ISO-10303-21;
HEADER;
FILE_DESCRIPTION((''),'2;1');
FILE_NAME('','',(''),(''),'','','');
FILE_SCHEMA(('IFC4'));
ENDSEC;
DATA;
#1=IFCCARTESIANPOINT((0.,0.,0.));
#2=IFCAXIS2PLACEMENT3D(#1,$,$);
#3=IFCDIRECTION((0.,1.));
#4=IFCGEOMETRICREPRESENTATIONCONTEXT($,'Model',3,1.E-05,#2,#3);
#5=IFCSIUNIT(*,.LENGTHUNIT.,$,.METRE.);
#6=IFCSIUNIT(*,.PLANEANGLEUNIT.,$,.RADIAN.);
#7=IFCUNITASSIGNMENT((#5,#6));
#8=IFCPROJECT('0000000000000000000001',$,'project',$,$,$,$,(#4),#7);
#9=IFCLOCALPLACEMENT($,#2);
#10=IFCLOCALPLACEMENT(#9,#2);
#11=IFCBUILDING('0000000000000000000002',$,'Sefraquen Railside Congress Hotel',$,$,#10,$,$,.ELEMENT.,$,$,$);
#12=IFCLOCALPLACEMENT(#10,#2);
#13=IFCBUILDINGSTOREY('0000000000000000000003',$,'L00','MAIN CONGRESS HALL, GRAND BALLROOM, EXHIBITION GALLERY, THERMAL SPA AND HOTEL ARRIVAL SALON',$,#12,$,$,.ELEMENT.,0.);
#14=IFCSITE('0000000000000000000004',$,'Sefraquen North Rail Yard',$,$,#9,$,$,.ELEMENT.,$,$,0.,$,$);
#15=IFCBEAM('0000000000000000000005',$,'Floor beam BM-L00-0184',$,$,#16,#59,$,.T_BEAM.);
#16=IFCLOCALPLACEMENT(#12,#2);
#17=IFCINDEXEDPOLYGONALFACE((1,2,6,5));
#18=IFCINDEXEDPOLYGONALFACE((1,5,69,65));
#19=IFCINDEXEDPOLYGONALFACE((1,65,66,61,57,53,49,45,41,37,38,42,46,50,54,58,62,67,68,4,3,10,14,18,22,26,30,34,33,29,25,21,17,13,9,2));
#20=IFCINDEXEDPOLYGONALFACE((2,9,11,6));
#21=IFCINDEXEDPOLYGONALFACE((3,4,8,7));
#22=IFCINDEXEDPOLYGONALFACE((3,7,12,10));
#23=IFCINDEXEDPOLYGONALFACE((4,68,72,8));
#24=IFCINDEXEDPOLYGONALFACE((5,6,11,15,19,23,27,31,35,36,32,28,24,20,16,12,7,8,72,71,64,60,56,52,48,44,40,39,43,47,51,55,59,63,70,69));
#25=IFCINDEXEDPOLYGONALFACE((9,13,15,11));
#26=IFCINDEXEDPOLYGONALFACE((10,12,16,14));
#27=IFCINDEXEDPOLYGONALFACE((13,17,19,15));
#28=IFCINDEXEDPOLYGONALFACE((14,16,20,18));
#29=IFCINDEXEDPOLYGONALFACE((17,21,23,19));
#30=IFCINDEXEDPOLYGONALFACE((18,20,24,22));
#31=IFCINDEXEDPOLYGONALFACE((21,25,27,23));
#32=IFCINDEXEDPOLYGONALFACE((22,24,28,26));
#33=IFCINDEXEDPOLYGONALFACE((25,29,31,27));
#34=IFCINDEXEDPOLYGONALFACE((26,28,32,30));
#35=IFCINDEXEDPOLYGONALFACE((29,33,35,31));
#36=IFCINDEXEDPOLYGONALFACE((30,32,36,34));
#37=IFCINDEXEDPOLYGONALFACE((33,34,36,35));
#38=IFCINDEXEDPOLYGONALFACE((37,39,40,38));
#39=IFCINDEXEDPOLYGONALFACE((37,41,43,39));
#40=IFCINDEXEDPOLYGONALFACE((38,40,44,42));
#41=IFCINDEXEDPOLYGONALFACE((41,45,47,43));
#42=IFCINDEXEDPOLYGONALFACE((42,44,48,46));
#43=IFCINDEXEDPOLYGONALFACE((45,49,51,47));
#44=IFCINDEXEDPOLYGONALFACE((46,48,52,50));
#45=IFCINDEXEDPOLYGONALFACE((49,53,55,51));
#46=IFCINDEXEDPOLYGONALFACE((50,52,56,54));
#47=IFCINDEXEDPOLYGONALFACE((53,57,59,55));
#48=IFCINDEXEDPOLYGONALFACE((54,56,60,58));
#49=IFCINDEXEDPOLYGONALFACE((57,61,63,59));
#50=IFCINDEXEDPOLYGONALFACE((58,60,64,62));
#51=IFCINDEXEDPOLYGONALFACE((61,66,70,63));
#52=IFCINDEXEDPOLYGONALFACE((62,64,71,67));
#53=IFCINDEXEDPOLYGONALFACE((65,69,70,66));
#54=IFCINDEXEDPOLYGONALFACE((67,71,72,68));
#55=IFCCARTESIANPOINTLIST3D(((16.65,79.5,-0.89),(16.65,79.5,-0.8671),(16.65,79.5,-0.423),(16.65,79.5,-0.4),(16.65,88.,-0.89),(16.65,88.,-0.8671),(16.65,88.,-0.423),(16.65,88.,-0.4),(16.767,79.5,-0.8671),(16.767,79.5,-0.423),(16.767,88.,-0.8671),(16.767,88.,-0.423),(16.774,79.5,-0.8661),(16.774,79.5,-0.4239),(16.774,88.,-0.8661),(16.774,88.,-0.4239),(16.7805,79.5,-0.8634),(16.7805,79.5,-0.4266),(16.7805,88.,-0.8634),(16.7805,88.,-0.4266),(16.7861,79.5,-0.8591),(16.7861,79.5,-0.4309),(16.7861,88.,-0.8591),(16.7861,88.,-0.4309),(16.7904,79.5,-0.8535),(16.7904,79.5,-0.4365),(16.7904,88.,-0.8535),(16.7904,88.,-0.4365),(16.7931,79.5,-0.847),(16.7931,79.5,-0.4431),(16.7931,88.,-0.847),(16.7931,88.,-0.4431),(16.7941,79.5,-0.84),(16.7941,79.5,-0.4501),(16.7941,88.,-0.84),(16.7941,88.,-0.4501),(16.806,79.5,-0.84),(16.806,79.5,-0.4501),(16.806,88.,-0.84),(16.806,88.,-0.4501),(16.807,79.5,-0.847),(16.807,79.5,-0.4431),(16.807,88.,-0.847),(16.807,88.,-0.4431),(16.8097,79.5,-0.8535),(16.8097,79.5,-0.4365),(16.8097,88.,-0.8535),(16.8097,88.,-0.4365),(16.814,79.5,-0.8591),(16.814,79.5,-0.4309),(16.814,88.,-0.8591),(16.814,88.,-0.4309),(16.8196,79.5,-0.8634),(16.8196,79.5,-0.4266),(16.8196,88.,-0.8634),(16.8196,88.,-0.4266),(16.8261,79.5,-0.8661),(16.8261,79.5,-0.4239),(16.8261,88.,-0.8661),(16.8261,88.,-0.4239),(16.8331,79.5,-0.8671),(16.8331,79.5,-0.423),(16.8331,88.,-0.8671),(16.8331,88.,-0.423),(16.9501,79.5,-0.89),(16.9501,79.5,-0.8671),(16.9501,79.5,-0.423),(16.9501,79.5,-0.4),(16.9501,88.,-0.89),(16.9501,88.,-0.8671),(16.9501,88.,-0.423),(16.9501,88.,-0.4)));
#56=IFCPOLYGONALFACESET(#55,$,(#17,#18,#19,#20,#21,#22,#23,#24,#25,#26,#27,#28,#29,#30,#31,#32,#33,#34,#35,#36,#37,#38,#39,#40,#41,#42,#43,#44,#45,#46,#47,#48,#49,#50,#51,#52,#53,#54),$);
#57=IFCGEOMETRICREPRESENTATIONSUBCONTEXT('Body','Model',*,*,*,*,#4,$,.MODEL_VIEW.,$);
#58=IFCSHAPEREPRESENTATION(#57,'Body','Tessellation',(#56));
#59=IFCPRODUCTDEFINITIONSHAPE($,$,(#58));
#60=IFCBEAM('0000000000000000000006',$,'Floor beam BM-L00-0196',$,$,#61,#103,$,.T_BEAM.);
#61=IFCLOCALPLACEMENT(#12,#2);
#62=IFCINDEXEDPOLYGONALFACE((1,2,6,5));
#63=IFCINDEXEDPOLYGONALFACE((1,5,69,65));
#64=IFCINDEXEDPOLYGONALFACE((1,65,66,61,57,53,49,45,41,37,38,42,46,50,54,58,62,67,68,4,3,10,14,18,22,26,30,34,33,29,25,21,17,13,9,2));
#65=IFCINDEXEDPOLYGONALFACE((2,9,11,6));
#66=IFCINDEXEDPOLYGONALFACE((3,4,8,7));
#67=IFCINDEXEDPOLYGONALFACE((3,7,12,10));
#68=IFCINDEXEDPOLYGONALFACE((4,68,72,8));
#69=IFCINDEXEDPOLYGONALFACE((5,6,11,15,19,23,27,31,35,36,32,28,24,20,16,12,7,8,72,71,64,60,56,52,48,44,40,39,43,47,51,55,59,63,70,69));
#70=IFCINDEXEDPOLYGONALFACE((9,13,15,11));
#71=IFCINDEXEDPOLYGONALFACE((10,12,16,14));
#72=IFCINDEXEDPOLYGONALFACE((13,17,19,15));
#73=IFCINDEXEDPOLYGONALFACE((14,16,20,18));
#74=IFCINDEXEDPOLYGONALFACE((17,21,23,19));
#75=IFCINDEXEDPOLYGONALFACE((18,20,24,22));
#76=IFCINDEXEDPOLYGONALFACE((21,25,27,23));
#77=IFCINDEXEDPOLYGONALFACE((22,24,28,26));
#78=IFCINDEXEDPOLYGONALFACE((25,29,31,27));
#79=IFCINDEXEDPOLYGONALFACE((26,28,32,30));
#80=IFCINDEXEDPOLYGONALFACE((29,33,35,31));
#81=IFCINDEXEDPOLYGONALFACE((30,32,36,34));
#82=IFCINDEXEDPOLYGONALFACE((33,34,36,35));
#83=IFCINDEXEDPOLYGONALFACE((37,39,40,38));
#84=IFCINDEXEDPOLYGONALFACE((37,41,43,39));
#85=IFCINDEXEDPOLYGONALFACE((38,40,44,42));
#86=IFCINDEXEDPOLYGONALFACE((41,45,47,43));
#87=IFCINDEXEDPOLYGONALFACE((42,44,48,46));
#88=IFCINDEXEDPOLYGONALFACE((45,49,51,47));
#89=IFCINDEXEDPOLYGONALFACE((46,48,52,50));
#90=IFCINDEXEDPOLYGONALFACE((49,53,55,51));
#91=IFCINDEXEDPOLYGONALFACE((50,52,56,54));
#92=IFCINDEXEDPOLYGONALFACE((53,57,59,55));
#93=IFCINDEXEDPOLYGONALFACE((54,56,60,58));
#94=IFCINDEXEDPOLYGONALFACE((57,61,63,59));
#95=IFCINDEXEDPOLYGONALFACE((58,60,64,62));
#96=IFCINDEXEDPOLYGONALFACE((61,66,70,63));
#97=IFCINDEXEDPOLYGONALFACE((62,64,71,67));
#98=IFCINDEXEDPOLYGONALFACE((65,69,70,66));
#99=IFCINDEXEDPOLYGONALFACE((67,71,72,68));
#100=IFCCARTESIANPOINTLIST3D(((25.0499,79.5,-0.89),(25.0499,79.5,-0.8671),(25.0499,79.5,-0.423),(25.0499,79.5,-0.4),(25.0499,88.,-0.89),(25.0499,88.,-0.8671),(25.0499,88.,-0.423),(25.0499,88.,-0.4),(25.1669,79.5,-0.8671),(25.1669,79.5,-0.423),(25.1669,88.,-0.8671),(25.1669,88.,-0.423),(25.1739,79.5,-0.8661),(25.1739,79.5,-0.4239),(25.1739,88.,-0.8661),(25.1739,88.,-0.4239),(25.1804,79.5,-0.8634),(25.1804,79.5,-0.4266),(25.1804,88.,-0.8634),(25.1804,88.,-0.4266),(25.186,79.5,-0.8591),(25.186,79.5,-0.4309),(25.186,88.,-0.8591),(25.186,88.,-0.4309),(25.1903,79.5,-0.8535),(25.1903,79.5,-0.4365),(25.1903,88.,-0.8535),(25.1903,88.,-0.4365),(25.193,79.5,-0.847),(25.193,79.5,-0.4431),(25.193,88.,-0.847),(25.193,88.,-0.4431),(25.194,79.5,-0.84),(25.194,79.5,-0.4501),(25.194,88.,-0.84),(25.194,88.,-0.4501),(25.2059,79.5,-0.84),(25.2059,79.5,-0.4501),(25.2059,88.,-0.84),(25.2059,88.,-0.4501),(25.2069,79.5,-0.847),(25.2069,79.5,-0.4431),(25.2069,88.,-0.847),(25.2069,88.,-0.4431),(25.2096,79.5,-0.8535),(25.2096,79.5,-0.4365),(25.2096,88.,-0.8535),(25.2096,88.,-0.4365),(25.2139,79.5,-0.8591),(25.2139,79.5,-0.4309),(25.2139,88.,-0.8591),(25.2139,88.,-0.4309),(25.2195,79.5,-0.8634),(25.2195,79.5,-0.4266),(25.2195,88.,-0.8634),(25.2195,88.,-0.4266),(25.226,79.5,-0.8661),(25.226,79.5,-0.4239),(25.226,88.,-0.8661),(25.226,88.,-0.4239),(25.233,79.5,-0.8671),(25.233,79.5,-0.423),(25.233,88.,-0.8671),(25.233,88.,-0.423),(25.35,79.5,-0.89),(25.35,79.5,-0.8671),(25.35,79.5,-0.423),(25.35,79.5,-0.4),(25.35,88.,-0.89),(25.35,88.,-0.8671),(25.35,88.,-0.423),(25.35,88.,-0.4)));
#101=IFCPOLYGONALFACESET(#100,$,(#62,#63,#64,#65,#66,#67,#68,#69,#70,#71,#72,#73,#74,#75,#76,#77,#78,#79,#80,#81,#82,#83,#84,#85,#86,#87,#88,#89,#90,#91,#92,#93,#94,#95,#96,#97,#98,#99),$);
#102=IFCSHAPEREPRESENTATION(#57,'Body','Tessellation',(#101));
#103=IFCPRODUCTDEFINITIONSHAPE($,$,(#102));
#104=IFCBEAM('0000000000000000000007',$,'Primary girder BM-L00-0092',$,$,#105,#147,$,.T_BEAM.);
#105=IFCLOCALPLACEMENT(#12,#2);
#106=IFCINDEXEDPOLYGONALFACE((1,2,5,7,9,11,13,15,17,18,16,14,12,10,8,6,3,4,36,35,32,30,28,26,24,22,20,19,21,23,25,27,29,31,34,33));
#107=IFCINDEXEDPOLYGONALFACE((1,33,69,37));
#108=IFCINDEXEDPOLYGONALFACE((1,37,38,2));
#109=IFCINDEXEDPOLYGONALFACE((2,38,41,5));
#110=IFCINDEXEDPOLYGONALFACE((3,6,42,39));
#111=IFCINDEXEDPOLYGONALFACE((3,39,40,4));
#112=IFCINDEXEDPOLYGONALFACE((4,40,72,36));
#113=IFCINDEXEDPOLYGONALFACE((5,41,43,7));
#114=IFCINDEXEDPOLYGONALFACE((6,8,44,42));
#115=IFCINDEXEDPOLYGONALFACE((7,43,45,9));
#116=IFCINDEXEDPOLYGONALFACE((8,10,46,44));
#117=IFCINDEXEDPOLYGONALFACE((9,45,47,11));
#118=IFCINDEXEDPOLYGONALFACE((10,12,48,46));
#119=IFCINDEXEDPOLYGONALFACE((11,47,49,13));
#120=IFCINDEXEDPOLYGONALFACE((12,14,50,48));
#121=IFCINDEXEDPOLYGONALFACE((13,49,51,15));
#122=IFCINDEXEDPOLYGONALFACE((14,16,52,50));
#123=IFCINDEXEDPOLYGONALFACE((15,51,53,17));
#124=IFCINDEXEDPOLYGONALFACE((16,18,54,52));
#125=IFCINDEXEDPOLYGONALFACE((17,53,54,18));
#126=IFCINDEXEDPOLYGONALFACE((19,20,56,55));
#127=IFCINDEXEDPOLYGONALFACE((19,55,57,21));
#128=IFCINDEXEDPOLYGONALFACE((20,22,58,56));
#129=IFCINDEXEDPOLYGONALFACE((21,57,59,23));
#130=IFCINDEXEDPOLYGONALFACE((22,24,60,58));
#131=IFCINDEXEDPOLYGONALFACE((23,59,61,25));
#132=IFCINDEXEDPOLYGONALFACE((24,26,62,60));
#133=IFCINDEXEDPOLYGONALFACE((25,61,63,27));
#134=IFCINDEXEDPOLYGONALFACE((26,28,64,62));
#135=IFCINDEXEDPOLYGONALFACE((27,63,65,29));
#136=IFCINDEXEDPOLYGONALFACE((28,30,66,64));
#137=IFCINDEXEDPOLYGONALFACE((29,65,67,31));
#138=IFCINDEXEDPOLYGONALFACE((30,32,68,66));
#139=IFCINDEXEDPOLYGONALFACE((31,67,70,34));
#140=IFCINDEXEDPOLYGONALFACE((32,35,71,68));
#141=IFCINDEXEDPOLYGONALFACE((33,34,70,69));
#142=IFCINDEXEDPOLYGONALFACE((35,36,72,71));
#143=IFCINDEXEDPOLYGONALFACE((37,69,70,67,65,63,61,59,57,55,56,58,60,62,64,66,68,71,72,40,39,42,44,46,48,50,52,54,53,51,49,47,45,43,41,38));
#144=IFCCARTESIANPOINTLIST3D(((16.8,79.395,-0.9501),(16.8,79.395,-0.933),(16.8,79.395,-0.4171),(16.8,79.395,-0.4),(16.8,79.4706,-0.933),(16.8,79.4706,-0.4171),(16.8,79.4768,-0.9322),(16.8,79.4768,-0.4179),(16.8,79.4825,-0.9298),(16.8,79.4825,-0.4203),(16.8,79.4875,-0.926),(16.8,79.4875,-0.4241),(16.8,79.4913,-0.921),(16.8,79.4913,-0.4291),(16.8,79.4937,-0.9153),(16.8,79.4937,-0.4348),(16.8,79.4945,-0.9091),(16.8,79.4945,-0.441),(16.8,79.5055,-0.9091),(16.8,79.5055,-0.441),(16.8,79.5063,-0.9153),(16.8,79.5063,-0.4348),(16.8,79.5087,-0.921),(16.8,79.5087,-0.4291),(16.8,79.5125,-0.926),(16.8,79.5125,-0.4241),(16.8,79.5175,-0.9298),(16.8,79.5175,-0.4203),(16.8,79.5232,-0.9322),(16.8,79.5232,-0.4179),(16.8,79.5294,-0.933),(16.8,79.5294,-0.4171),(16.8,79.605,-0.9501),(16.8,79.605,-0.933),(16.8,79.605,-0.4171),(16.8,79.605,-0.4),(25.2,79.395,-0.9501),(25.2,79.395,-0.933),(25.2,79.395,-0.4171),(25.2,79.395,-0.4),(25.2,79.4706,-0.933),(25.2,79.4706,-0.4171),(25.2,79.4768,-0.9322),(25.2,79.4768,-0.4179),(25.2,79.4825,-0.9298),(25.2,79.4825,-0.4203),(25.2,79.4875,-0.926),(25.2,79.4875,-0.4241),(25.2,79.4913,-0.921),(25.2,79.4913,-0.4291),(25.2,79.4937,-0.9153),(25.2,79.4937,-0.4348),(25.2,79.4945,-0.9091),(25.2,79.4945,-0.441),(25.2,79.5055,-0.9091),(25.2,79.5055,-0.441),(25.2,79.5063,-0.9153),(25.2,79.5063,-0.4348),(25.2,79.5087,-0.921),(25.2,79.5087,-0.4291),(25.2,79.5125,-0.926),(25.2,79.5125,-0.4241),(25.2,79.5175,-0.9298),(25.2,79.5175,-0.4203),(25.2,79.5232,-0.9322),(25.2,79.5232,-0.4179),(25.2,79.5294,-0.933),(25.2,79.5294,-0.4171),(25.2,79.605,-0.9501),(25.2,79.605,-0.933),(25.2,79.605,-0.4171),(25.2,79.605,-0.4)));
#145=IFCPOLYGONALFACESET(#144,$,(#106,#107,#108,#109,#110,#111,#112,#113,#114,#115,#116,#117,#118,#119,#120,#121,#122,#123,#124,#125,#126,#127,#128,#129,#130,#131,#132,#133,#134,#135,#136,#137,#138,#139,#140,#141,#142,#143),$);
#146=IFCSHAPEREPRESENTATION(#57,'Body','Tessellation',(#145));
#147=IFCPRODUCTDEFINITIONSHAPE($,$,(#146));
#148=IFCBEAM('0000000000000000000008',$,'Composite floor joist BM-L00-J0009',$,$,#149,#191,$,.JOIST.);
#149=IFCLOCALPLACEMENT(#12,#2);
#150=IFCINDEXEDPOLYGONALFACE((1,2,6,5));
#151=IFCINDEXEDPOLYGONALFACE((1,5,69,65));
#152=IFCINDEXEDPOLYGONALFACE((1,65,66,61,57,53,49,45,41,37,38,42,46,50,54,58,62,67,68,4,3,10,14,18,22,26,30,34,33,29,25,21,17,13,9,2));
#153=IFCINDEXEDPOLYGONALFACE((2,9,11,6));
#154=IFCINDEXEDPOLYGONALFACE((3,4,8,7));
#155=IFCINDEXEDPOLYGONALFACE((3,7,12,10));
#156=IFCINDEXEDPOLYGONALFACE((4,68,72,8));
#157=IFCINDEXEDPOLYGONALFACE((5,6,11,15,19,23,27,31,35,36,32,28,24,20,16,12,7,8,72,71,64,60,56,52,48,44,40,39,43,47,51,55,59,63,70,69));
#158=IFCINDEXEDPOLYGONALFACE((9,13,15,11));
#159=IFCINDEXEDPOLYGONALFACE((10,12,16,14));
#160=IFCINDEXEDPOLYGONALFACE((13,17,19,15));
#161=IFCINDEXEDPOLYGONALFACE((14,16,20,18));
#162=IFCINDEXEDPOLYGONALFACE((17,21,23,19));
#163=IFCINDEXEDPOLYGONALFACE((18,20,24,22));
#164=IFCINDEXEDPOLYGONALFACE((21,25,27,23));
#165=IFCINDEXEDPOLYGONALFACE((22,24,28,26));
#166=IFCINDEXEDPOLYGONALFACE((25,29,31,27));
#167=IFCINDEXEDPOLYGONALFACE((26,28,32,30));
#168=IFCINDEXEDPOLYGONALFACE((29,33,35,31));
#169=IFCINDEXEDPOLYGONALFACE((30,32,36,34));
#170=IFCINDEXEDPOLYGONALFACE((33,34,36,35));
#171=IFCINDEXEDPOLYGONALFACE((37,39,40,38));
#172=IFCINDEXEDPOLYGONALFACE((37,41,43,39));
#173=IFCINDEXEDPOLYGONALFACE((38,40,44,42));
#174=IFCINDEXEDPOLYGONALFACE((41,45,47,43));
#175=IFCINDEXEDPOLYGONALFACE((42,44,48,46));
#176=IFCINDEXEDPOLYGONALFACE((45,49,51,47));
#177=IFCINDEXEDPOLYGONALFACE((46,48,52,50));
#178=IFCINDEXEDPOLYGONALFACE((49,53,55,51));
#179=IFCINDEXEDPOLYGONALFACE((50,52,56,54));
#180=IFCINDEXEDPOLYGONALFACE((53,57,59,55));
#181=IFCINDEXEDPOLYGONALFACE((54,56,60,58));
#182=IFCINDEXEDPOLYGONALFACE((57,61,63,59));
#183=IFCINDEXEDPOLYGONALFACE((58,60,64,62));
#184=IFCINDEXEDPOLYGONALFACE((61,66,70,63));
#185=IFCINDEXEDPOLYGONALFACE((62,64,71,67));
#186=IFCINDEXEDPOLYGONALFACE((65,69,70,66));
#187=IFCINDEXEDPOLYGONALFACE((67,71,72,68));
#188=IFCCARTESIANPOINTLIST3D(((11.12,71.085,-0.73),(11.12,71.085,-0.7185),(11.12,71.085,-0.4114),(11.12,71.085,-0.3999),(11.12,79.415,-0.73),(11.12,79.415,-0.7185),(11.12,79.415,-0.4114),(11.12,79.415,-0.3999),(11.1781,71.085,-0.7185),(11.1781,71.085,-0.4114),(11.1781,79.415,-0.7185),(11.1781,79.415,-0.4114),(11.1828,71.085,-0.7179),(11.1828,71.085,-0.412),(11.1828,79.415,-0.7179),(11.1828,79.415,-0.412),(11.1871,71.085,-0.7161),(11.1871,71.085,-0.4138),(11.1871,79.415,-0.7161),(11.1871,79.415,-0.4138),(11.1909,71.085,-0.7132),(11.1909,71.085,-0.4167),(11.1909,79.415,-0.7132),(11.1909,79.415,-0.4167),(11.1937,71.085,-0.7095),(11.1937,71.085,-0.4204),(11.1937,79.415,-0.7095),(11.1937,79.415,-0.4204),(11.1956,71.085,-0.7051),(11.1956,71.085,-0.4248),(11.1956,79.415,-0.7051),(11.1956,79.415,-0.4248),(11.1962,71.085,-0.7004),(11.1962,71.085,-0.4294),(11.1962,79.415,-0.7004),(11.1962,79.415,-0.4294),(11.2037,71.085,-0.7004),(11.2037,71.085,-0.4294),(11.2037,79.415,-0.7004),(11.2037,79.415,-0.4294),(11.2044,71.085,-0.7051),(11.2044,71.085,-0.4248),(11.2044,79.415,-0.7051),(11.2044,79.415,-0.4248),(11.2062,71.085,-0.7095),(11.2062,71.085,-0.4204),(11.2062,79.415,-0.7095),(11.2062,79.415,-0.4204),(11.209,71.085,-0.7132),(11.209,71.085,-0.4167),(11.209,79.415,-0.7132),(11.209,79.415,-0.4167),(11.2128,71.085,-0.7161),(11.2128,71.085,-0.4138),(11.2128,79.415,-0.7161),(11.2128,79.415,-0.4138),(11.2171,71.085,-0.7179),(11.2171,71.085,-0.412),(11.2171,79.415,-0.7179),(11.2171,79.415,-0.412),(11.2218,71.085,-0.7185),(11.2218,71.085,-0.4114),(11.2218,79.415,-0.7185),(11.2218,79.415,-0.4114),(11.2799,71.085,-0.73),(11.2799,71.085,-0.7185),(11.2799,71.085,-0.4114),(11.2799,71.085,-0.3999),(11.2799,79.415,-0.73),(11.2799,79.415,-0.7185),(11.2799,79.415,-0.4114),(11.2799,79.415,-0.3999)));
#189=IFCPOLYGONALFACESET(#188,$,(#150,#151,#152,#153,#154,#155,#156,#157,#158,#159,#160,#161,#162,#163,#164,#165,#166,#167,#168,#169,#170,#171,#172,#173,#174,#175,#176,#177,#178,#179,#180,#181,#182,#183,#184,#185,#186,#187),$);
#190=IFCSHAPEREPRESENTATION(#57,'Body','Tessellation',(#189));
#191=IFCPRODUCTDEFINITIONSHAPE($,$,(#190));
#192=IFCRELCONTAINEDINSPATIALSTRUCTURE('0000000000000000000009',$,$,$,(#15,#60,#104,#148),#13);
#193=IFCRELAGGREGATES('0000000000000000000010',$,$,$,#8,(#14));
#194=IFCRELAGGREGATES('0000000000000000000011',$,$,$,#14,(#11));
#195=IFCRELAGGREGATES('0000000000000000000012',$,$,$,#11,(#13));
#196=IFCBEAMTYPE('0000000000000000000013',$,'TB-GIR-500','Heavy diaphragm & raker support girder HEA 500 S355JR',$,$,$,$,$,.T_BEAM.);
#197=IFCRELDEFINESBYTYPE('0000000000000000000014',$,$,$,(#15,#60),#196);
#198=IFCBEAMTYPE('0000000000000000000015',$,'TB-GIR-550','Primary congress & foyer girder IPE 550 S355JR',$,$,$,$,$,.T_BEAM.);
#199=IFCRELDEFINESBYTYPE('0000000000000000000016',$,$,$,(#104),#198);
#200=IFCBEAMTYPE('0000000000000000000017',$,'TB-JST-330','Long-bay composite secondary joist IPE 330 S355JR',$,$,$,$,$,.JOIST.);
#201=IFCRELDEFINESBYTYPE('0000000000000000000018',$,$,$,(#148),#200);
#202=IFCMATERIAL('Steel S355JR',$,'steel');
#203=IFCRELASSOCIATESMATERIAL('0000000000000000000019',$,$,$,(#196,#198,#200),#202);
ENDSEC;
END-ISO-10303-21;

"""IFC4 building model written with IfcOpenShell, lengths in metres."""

from ifc_helpers import new_model, si_unit, direction, frame, origin, origin_2d, place, context, subcontext, project, spatial, i_section, extrude, material, material_profile, profile_set, type_object, element, save


model = new_model("IFC4")

# Units and contexts
model_context = context("Model", 3, precision=1e-05, world=origin(), true_north=direction((0.0, 1.0)))
body_context = subcontext(model_context, "Body", "Model", "MODEL_VIEW")
ifc_project = project(units=[si_unit("LENGTHUNIT", "METRE"), si_unit("PLANEANGLEUNIT", "RADIAN")], contexts=[model_context])

# Site, building, storey
site_placement = place(None, origin())
site = spatial("IfcSite", under=ifc_project, at=site_placement, Name="Sefraquen North Rail Yard", CompositionType="ELEMENT", RefElevation=0.0)
building_placement = place(site_placement, origin())
building = spatial("IfcBuilding", under=site, at=building_placement, Name="Sefraquen Railside Congress Hotel", CompositionType="ELEMENT")
storey_placement = place(building_placement, origin())
storey = spatial("IfcBuildingStorey", under=building, at=storey_placement, Name="L00", Description="MAIN CONGRESS HALL, GRAND BALLROOM, EXHIBITION GALLERY, THERMAL SPA AND HOTEL ARRIVAL SALON", CompositionType="ELEMENT", Elevation=0.0)

# Shared definitions
ifc_material_1 = material(Name="Steel S355JR", Category="steel")

# Beams
ifc_material_profile_1 = material_profile(ifc_material_1, i_section(OverallWidth=0.3, OverallDepth=0.49, WebThickness=0.012, FlangeThickness=0.0229, FilletRadius=0.0271, at=origin_2d()), Name="HEA 500")
ifc_profile_set_1 = profile_set([ifc_material_profile_1], Name="Steel S355JR")
beam_type_1 = type_object("IfcBeamType", Name="TB-GIR-500", Description="Heavy diaphragm & raker support girder HEA 500 S355JR", PredefinedType="T_BEAM", material=ifc_profile_set_1)
for number, where, z_axis, x_axis, name in (
    (1, (16.8, 79.5, -0.645), (0.0, 1.0, 0.0), (-1.0, 0.0, 0.0), "Floor beam BM-L00-0184"),
    (2, (25.2, 79.5, -0.645), (0.0, 1.0, 0.0), (-1.0, 0.0, 0.0), "Floor beam BM-L00-0196"),
):
    element("IfcBeam", number, at=place(storey_placement, frame(where, z_axis=z_axis, x_axis=x_axis)), inside=storey, type_object=beam_type_1, Name=name, PredefinedType="T_BEAM", context=body_context, shape_type="SweptSolid", body=[
        extrude(i_section(OverallWidth=0.3, OverallDepth=0.49, WebThickness=0.012, FlangeThickness=0.0229, FilletRadius=0.0271, at=origin_2d()), origin(), (0.0, 0.0, 1.0), 8.5),
    ])
ifc_material_profile_2 = material_profile(ifc_material_1, i_section(OverallWidth=0.21, OverallDepth=0.55, WebThickness=0.011, FlangeThickness=0.0171, FilletRadius=0.0239, at=origin_2d()), Name="IPE 550")
ifc_profile_set_2 = profile_set([ifc_material_profile_2], Name="Steel S355JR")
beam_type_2 = type_object("IfcBeamType", Name="TB-GIR-550", Description="Primary congress & foyer girder IPE 550 S355JR", PredefinedType="T_BEAM", material=ifc_profile_set_2)
beam_1_placement = place(storey_placement, frame((16.8, 79.5, -0.675), z_axis=(1.0, 0.0, 0.0), x_axis=(0.0, 1.0, 0.0)))
element("IfcBeam", 3, at=beam_1_placement, inside=storey, type_object=beam_type_2, Name="Primary girder BM-L00-0092", PredefinedType="T_BEAM", context=body_context, shape_type="SweptSolid", body=[
    extrude(i_section(OverallWidth=0.21, OverallDepth=0.55, WebThickness=0.011, FlangeThickness=0.0171, FilletRadius=0.0239, at=origin_2d()), origin(), (0.0, 0.0, 1.0), 8.3999),
])
ifc_material_profile_3 = material_profile(ifc_material_1, i_section(OverallWidth=0.1599, OverallDepth=0.3301, WebThickness=0.0076, FlangeThickness=0.0115, FilletRadius=0.0181, at=origin_2d()), Name="IPE 330")
ifc_profile_set_3 = profile_set([ifc_material_profile_3], Name="Steel S355JR")
beam_type_3 = type_object("IfcBeamType", Name="TB-JST-330", Description="Long-bay composite secondary joist IPE 330 S355JR", PredefinedType="JOIST", material=ifc_profile_set_3)
for number, where, z_axis, x_axis, name in (
    (4, (11.2, 71.085, -0.5649), (0.0, 1.0, 0.0), (-1.0, 0.0, 0.0), "Composite floor joist BM-L00-J0009"),
):
    element("IfcBeam", number, at=place(storey_placement, frame(where, z_axis=z_axis, x_axis=x_axis)), inside=storey, type_object=beam_type_3, Name=name, PredefinedType="JOIST", context=body_context, shape_type="SweptSolid", body=[
        extrude(i_section(OverallWidth=0.1599, OverallDepth=0.3301, WebThickness=0.0076, FlangeThickness=0.0115, FilletRadius=0.0181, at=origin_2d()), origin(), (0.0, 0.0, 1.0), 8.3301),
    ])

save(model, "model.ifc")
